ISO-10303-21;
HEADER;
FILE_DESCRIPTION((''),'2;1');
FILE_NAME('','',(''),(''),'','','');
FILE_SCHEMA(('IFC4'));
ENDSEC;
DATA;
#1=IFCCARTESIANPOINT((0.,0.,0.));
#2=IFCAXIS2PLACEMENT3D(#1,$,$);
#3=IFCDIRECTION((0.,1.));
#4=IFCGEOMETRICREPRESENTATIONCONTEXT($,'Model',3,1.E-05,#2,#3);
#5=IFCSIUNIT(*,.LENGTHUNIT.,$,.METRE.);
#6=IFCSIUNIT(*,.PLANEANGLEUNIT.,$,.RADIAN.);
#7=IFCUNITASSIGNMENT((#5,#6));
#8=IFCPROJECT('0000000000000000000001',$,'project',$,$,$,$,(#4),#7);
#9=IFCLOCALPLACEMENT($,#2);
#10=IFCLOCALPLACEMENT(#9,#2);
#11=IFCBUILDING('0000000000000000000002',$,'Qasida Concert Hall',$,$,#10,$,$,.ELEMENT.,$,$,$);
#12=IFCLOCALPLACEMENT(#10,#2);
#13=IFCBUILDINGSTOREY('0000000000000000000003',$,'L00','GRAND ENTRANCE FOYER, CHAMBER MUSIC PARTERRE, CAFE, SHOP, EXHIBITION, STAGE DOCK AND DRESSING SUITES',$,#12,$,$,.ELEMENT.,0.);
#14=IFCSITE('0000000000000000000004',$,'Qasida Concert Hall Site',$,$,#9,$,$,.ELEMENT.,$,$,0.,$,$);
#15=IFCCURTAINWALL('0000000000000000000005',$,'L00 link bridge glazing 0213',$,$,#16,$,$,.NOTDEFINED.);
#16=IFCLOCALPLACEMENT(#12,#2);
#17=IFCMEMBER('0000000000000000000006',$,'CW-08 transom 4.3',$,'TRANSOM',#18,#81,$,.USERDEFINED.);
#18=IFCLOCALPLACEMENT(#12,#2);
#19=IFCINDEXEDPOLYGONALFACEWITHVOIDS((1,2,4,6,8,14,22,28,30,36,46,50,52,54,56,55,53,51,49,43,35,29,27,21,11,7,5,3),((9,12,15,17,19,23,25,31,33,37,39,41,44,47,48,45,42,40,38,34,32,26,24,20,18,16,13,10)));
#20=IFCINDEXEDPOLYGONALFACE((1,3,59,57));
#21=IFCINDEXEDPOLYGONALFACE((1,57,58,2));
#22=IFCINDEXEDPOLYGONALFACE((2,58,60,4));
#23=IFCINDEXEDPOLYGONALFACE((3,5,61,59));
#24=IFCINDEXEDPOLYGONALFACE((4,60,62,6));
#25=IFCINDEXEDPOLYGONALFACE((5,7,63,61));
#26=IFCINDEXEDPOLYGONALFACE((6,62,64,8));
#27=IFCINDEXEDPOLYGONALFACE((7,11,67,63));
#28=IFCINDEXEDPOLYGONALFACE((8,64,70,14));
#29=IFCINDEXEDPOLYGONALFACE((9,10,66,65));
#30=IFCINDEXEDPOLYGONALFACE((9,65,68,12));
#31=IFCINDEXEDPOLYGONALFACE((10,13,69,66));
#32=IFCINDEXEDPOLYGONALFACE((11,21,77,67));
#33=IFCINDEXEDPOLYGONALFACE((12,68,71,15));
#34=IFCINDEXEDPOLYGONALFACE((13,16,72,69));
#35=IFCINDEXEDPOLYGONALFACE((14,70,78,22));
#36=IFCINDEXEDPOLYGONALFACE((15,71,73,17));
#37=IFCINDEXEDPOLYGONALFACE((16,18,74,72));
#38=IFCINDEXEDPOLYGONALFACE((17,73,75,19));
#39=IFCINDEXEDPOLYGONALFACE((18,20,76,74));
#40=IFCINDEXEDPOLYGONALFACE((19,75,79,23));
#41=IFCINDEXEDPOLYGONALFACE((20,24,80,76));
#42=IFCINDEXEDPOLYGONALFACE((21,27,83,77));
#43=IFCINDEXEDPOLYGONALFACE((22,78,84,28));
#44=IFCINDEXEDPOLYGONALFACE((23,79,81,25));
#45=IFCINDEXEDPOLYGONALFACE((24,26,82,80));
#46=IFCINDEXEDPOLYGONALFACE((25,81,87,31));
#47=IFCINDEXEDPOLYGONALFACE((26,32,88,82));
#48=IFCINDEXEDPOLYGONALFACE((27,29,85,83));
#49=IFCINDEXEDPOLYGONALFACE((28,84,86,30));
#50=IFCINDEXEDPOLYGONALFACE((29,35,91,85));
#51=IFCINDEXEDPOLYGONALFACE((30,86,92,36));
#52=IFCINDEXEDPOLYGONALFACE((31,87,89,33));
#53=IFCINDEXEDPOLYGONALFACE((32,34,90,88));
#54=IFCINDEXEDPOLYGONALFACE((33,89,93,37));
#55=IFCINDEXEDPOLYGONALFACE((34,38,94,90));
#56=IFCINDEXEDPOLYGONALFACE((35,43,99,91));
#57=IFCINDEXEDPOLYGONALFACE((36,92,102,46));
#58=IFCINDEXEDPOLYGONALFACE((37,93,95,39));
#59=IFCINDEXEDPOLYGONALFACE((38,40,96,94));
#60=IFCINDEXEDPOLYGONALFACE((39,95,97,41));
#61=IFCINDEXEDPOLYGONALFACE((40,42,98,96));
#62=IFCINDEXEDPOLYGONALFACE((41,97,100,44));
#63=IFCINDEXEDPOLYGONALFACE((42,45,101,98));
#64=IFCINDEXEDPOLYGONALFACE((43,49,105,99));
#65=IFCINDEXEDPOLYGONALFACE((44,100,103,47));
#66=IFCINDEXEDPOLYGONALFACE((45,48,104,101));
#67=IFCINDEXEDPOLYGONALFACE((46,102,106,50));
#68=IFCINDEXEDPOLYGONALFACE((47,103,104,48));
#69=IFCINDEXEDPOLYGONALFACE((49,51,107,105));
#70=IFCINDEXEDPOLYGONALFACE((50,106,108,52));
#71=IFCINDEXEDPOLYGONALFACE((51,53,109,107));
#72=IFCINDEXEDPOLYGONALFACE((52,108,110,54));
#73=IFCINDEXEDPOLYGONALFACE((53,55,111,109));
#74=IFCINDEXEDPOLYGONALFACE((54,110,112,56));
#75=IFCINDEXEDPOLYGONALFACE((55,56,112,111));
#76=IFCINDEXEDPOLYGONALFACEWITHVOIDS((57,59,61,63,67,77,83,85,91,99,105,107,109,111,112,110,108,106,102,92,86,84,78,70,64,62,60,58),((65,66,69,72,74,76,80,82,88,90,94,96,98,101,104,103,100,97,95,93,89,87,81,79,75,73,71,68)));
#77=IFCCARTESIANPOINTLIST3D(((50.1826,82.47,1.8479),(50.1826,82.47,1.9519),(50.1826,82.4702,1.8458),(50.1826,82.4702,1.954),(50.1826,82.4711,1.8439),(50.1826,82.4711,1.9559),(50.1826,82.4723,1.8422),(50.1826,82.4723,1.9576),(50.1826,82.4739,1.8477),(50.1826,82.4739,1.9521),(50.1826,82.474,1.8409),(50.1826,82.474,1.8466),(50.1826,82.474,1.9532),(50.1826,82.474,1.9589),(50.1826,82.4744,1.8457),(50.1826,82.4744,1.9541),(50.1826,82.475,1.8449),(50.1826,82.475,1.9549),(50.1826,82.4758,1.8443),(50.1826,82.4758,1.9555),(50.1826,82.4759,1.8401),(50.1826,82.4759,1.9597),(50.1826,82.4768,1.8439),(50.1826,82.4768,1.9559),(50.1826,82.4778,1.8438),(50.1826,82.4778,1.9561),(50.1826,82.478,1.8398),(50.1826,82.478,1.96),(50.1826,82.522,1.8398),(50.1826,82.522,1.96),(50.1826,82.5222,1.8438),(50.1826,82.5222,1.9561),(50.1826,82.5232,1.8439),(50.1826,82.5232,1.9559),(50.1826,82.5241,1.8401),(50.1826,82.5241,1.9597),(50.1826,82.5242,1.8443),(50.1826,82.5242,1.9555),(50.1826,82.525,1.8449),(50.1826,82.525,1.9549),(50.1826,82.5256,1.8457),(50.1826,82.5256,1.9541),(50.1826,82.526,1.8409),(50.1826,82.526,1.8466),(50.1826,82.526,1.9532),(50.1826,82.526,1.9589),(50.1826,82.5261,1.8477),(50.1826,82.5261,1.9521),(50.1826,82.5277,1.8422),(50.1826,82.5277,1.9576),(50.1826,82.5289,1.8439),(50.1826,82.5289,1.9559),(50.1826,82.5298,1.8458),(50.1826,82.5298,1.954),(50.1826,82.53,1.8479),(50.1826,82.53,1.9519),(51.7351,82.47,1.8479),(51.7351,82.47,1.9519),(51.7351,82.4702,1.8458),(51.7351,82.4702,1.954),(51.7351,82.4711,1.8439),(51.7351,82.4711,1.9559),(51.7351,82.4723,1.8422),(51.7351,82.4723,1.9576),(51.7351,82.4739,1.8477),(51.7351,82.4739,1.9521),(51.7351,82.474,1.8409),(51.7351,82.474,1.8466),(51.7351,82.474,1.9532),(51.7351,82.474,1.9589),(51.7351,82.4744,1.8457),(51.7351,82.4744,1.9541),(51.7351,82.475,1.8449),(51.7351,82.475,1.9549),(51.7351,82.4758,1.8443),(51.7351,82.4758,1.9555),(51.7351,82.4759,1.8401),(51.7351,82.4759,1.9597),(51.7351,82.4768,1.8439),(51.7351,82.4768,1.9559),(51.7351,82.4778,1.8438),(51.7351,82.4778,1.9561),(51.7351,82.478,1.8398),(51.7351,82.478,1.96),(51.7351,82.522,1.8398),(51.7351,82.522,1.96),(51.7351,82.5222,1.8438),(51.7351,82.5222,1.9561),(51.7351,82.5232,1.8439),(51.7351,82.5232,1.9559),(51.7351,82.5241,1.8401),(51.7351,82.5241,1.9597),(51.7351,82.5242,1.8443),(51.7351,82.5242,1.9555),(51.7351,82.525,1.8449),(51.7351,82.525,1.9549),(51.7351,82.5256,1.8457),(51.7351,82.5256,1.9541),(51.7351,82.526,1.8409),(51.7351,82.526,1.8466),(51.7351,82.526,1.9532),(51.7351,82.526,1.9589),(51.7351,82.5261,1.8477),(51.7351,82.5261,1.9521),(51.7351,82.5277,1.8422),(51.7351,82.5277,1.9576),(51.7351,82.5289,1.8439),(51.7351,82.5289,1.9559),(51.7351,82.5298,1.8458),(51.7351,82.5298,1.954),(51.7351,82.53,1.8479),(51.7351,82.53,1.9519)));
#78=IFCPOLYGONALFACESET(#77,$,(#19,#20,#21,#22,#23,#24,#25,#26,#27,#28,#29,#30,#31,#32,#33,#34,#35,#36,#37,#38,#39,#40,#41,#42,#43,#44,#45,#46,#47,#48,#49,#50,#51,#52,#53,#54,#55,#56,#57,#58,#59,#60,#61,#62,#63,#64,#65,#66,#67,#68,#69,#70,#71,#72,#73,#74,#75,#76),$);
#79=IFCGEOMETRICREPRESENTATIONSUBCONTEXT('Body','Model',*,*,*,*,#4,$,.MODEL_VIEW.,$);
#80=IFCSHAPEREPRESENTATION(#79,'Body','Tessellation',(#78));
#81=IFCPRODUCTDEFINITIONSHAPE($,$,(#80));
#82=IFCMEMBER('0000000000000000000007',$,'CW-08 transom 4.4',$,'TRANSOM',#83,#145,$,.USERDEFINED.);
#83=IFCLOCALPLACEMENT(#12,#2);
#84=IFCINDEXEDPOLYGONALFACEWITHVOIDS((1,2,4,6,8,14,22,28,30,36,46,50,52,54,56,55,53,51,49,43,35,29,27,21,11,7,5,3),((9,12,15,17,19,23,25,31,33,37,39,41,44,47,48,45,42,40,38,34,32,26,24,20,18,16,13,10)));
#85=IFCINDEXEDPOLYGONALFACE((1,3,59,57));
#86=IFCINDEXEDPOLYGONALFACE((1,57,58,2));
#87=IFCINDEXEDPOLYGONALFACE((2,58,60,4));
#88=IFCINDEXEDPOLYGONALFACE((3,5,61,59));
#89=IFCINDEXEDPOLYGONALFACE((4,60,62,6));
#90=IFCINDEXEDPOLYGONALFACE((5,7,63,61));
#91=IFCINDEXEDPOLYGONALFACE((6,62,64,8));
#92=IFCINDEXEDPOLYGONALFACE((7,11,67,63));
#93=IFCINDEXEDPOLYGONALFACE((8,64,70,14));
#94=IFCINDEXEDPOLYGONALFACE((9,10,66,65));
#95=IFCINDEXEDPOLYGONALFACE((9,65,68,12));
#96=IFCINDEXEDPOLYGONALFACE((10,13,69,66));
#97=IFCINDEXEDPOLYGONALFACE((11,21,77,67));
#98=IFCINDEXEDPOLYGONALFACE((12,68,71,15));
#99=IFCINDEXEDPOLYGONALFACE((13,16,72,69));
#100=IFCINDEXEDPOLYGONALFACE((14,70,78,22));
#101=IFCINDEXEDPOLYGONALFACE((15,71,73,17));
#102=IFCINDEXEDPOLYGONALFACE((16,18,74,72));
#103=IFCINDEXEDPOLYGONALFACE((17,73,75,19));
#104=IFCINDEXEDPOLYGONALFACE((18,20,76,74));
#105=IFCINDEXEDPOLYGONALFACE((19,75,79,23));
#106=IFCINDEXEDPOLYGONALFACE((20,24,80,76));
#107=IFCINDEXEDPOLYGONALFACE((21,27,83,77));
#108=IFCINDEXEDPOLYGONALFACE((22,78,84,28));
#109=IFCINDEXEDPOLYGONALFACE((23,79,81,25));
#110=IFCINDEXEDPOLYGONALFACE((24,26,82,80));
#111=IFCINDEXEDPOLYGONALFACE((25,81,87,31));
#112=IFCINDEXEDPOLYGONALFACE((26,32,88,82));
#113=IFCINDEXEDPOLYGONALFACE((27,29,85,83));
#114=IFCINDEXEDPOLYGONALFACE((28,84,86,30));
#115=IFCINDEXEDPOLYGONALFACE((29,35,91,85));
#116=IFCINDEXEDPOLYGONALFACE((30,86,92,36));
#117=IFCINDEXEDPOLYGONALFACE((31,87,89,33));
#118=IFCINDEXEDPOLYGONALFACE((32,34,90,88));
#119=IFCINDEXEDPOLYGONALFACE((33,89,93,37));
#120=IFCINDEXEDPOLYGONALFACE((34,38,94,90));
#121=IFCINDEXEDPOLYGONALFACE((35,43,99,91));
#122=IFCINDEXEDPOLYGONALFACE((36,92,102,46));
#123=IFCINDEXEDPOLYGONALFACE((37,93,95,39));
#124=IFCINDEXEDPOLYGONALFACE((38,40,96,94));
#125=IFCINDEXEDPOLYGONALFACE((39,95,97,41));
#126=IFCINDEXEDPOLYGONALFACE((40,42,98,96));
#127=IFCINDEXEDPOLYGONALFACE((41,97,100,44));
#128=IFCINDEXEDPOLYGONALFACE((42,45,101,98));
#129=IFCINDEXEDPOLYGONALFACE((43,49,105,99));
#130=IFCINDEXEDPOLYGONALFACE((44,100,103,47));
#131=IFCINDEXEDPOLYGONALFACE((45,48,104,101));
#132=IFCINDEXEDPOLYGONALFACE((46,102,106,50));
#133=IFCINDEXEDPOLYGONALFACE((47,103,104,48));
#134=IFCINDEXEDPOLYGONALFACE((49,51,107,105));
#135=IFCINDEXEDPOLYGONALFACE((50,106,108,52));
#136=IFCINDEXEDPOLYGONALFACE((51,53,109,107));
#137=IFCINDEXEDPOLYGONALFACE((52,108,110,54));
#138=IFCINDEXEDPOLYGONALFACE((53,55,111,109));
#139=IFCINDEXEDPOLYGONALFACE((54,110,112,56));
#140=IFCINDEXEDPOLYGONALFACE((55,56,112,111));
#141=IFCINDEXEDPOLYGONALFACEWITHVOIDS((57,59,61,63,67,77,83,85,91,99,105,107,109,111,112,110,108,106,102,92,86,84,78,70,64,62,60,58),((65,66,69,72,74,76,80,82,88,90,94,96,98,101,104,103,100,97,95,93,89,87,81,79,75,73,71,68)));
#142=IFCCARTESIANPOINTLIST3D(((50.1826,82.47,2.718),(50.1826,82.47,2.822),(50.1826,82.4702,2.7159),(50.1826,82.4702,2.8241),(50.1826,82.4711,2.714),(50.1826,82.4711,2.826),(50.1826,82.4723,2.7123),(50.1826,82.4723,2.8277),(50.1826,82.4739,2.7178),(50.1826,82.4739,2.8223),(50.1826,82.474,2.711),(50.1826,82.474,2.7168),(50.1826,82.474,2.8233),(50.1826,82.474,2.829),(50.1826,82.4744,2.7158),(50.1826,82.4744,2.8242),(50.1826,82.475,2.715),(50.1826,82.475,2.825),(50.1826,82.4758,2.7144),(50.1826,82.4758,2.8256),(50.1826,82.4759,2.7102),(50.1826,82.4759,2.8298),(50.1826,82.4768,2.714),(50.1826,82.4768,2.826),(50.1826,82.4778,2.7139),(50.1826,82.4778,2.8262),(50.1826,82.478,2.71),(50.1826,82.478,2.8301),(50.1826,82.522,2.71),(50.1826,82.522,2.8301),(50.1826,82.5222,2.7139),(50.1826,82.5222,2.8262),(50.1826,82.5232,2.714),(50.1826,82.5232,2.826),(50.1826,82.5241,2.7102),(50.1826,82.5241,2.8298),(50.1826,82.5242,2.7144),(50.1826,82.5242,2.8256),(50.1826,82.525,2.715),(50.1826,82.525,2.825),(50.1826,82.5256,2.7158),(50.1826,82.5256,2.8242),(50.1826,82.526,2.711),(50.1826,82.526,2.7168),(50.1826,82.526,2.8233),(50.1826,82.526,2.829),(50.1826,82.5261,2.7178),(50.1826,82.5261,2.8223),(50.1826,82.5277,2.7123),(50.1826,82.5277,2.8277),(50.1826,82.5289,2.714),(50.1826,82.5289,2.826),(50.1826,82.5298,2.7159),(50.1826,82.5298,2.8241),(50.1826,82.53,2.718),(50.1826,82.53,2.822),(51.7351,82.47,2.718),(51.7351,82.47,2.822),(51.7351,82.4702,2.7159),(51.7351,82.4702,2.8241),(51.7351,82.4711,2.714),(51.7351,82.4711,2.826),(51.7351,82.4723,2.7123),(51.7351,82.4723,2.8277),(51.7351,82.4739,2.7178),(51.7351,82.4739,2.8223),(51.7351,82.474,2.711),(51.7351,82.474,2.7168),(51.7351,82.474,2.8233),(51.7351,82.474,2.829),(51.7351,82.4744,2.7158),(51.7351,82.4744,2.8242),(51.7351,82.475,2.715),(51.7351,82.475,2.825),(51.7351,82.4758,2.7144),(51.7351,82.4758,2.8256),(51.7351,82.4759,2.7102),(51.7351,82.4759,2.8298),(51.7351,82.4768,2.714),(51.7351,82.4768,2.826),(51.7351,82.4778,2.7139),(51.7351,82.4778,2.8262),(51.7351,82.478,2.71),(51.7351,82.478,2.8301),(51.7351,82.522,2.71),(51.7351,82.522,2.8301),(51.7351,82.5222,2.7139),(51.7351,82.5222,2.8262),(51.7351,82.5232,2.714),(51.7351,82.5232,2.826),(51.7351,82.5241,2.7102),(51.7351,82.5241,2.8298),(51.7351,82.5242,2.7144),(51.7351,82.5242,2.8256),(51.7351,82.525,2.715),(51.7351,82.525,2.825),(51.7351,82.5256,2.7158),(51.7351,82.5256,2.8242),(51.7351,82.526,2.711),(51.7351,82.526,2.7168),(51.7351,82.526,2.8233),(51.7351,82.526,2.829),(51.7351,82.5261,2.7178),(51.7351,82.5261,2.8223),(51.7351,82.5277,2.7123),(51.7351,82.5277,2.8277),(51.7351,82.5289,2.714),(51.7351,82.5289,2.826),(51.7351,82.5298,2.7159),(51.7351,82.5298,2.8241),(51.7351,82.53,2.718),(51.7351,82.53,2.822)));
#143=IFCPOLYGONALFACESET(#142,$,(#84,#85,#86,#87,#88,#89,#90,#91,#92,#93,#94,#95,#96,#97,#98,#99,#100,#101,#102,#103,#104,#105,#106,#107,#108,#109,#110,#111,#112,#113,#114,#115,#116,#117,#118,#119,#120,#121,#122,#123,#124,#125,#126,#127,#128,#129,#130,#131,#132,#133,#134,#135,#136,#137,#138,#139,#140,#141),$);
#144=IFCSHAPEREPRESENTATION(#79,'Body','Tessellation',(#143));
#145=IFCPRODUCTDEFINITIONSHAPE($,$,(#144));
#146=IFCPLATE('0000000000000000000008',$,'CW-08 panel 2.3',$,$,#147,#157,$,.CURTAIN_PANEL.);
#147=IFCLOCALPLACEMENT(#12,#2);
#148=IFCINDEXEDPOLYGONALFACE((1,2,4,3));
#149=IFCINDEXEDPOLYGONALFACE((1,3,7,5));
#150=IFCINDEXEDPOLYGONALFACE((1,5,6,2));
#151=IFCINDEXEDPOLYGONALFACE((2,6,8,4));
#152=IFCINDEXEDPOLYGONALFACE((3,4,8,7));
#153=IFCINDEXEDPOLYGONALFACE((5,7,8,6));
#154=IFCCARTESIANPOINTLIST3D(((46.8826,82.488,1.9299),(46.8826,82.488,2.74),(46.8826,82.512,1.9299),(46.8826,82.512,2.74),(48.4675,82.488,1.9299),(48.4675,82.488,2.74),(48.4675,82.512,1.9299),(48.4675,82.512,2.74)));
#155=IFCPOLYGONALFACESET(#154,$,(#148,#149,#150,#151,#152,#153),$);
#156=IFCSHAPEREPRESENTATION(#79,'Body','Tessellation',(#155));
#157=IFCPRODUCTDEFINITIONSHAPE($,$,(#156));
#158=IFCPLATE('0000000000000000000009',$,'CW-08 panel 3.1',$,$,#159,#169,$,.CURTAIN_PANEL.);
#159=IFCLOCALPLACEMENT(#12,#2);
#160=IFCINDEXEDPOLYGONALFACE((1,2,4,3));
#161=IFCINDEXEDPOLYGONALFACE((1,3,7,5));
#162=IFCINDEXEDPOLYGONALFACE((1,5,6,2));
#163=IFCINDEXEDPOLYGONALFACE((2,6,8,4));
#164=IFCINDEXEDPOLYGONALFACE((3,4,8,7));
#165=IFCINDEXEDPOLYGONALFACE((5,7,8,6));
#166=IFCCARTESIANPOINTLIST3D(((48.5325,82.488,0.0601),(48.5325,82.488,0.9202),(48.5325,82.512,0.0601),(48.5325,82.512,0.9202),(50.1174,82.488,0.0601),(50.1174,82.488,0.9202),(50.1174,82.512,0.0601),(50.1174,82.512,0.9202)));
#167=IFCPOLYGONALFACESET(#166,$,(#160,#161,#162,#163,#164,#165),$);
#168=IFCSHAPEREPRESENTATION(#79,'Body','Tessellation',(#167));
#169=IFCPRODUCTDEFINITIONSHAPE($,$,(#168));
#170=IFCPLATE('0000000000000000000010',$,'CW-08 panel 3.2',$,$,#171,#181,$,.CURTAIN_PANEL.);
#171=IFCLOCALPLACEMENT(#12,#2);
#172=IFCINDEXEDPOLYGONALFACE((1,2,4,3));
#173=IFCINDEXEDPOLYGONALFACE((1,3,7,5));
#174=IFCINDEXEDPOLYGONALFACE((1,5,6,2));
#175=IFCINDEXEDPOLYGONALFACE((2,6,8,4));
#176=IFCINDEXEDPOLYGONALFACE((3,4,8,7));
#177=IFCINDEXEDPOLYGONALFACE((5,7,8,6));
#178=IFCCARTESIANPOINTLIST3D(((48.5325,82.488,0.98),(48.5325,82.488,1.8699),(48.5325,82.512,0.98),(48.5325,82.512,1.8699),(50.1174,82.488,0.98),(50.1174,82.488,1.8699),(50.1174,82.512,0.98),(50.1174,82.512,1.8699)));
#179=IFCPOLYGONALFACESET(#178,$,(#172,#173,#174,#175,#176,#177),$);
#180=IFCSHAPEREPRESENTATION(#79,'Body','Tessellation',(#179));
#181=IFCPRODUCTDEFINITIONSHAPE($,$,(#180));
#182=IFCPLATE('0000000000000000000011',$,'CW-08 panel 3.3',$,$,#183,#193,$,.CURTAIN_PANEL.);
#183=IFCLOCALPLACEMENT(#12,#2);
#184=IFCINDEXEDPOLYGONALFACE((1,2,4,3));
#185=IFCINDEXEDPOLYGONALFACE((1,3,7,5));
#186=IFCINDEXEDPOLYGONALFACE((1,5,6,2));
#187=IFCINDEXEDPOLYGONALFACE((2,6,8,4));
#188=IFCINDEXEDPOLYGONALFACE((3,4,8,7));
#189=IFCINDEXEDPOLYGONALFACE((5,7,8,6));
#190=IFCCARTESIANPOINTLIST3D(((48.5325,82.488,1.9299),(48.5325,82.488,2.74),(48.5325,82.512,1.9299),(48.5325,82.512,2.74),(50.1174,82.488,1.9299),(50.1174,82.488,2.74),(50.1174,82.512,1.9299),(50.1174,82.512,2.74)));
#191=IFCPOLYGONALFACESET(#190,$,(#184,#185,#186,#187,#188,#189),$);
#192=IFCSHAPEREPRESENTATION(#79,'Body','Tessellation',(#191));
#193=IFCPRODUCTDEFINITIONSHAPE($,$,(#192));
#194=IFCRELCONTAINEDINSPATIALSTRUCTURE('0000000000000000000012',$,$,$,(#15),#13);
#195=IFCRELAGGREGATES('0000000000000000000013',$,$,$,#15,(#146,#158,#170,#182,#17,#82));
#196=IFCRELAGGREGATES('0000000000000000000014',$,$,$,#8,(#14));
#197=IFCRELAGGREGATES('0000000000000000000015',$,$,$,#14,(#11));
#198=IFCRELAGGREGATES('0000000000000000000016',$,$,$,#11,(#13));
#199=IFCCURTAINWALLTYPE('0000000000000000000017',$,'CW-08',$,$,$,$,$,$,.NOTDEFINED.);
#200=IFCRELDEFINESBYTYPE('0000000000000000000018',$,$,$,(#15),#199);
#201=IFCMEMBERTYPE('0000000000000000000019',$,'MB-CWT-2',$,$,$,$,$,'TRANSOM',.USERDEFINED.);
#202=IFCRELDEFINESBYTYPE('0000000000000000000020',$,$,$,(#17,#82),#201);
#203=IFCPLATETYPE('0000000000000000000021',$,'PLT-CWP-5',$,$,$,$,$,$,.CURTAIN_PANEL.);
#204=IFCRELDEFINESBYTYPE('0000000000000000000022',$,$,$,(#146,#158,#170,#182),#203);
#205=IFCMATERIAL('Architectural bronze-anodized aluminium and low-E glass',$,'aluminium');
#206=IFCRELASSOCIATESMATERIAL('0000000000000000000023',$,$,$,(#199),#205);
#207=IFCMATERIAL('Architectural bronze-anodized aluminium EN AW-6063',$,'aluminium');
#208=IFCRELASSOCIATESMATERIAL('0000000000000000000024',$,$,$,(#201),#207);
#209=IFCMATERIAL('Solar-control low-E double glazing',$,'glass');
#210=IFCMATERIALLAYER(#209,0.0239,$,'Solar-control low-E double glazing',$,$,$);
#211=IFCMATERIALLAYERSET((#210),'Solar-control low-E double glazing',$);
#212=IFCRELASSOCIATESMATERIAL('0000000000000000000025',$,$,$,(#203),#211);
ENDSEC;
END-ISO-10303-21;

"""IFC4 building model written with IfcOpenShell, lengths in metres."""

from ifc_helpers import new_model, si_unit, direction, frame, origin, origin_2d, place, context, subcontext, project, spatial, rectangle, hollow_rectangle, extrude, material, layer, layer_set, material_profile, profile_set, type_object, element, aggregate, save


model = new_model("IFC4")

# Units and contexts
model_context = context("Model", 3, precision=1e-05, world=origin(), true_north=direction((0.0, 1.0)))
body_context = subcontext(model_context, "Body", "Model", "MODEL_VIEW")
ifc_project = project(units=[si_unit("LENGTHUNIT", "METRE"), si_unit("PLANEANGLEUNIT", "RADIAN")], contexts=[model_context])

# Site, building, storey
site_placement = place(None, origin())
site = spatial("IfcSite", under=ifc_project, at=site_placement, Name="Qasida Concert Hall Site", CompositionType="ELEMENT", RefElevation=0.0)
building_placement = place(site_placement, origin())
building = spatial("IfcBuilding", under=site, at=building_placement, Name="Qasida Concert Hall", CompositionType="ELEMENT")
storey_placement = place(building_placement, origin())
storey = spatial("IfcBuildingStorey", under=building, at=storey_placement, Name="L00", Description="GRAND ENTRANCE FOYER, CHAMBER MUSIC PARTERRE, CAFE, SHOP, EXHIBITION, STAGE DOCK AND DRESSING SUITES", CompositionType="ELEMENT", Elevation=0.0)

# Curtain wall, members, plates
ifc_material_1 = material(Name="Architectural bronze-anodized aluminium and low-E glass", Category="aluminium")
curtain_wall_type = type_object("IfcCurtainWallType", Name="CW-08", PredefinedType="NOTDEFINED", material=ifc_material_1)
curtain_wall_placement = place(storey_placement, origin())
curtain_wall = element("IfcCurtainWall", 1, at=curtain_wall_placement, inside=storey, type_object=curtain_wall_type, Name="L00 link bridge glazing 0213", PredefinedType="NOTDEFINED")
ifc_material_2 = material(Name="Architectural bronze-anodized aluminium EN AW-6063", Category="aluminium")
ifc_material_profile_1 = material_profile(ifc_material_2, hollow_rectangle(XDim=0.0601, YDim=0.1201, WallThickness=0.0039, InnerFilletRadius=0.0039, OuterFilletRadius=0.0081, at=origin_2d()), Name="CWT 120x60x4")
ifc_profile_set_1 = profile_set([ifc_material_profile_1], Name="Architectural bronze-anodized aluminium EN AW-6063")
member_type_1 = type_object("IfcMemberType", Name="MB-CWT-2", ElementType="TRANSOM", PredefinedType="USERDEFINED", material=ifc_profile_set_1)
member_1_placement = place(storey_placement, frame((50.1826, 82.5, 1.8999), z_axis=(1.0, 0.0, 0.0), x_axis=(0.0, 1.0, 0.0)))
member_1 = element("IfcMember", 2, at=member_1_placement, type_object=member_type_1, Name="CW-08 transom 4.3", ObjectType="TRANSOM", PredefinedType="USERDEFINED", context=body_context, shape_type="SweptSolid", body=[
    extrude(hollow_rectangle(XDim=0.0601, YDim=0.1201, WallThickness=0.0039, InnerFilletRadius=0.0039, OuterFilletRadius=0.0081, at=origin_2d()), origin(), (0.0, 0.0, 1.0), 1.5525),
])
member_2_placement = place(storey_placement, frame((50.1826, 82.5, 2.77), z_axis=(1.0, 0.0, 0.0), x_axis=(0.0, 1.0, 0.0)))
member_2 = element("IfcMember", 3, at=member_2_placement, type_object=member_type_1, Name="CW-08 transom 4.4", ObjectType="TRANSOM", PredefinedType="USERDEFINED", context=body_context, shape_type="SweptSolid", body=[
    extrude(hollow_rectangle(XDim=0.0601, YDim=0.1201, WallThickness=0.0039, InnerFilletRadius=0.0039, OuterFilletRadius=0.0081, at=origin_2d()), origin(), (0.0, 0.0, 1.0), 1.5525),
])
ifc_material_3 = material(Name="Solar-control low-E double glazing", Category="glass")
ifc_layer_1 = layer(ifc_material_3, 0.0239, Name="Solar-control low-E double glazing")
ifc_layer_set_1 = layer_set([ifc_layer_1], Name="Solar-control low-E double glazing")
plate_type = type_object("IfcPlateType", Name="PLT-CWP-5", PredefinedType="CURTAIN_PANEL", material=ifc_layer_set_1)
plate_1_placement = place(storey_placement, frame((47.675, 82.5, 1.9299), z_axis=(0.0, 0.0, 1.0), x_axis=(1.0, 0.0, 0.0)))
plate_1 = element("IfcPlate", 4, at=plate_1_placement, type_object=plate_type, Name="CW-08 panel 2.3", PredefinedType="CURTAIN_PANEL", context=body_context, shape_type="SweptSolid", body=[
    extrude(rectangle(XDim=1.585, YDim=0.0239, at=origin_2d()), origin(), (0.0, 0.0, 1.0), 0.8101),
])
plate_2_placement = place(storey_placement, frame((49.325, 82.5, 0.0601), z_axis=(0.0, 0.0, 1.0), x_axis=(1.0, 0.0, 0.0)))
plate_2 = element("IfcPlate", 5, at=plate_2_placement, type_object=plate_type, Name="CW-08 panel 3.1", PredefinedType="CURTAIN_PANEL", context=body_context, shape_type="SweptSolid", body=[
    extrude(rectangle(XDim=1.585, YDim=0.0239, at=origin_2d()), origin(), (0.0, 0.0, 1.0), 0.8601),
])
plate_3_placement = place(storey_placement, frame((49.325, 82.5, 0.98), z_axis=(0.0, 0.0, 1.0), x_axis=(1.0, 0.0, 0.0)))
plate_3 = element("IfcPlate", 6, at=plate_3_placement, type_object=plate_type, Name="CW-08 panel 3.2", PredefinedType="CURTAIN_PANEL", context=body_context, shape_type="SweptSolid", body=[
    extrude(rectangle(XDim=1.585, YDim=0.0239, at=origin_2d()), origin(), (0.0, 0.0, 1.0), 0.8899),
])
plate_4_placement = place(storey_placement, frame((49.325, 82.5, 1.9299), z_axis=(0.0, 0.0, 1.0), x_axis=(1.0, 0.0, 0.0)))
plate_4 = element("IfcPlate", 7, at=plate_4_placement, type_object=plate_type, Name="CW-08 panel 3.3", PredefinedType="CURTAIN_PANEL", context=body_context, shape_type="SweptSolid", body=[
    extrude(rectangle(XDim=1.585, YDim=0.0239, at=origin_2d()), origin(), (0.0, 0.0, 1.0), 0.8101),
])
aggregate(curtain_wall, [plate_1, plate_2, plate_3, plate_4, member_1, member_2])

save(model, "model.ifc")
